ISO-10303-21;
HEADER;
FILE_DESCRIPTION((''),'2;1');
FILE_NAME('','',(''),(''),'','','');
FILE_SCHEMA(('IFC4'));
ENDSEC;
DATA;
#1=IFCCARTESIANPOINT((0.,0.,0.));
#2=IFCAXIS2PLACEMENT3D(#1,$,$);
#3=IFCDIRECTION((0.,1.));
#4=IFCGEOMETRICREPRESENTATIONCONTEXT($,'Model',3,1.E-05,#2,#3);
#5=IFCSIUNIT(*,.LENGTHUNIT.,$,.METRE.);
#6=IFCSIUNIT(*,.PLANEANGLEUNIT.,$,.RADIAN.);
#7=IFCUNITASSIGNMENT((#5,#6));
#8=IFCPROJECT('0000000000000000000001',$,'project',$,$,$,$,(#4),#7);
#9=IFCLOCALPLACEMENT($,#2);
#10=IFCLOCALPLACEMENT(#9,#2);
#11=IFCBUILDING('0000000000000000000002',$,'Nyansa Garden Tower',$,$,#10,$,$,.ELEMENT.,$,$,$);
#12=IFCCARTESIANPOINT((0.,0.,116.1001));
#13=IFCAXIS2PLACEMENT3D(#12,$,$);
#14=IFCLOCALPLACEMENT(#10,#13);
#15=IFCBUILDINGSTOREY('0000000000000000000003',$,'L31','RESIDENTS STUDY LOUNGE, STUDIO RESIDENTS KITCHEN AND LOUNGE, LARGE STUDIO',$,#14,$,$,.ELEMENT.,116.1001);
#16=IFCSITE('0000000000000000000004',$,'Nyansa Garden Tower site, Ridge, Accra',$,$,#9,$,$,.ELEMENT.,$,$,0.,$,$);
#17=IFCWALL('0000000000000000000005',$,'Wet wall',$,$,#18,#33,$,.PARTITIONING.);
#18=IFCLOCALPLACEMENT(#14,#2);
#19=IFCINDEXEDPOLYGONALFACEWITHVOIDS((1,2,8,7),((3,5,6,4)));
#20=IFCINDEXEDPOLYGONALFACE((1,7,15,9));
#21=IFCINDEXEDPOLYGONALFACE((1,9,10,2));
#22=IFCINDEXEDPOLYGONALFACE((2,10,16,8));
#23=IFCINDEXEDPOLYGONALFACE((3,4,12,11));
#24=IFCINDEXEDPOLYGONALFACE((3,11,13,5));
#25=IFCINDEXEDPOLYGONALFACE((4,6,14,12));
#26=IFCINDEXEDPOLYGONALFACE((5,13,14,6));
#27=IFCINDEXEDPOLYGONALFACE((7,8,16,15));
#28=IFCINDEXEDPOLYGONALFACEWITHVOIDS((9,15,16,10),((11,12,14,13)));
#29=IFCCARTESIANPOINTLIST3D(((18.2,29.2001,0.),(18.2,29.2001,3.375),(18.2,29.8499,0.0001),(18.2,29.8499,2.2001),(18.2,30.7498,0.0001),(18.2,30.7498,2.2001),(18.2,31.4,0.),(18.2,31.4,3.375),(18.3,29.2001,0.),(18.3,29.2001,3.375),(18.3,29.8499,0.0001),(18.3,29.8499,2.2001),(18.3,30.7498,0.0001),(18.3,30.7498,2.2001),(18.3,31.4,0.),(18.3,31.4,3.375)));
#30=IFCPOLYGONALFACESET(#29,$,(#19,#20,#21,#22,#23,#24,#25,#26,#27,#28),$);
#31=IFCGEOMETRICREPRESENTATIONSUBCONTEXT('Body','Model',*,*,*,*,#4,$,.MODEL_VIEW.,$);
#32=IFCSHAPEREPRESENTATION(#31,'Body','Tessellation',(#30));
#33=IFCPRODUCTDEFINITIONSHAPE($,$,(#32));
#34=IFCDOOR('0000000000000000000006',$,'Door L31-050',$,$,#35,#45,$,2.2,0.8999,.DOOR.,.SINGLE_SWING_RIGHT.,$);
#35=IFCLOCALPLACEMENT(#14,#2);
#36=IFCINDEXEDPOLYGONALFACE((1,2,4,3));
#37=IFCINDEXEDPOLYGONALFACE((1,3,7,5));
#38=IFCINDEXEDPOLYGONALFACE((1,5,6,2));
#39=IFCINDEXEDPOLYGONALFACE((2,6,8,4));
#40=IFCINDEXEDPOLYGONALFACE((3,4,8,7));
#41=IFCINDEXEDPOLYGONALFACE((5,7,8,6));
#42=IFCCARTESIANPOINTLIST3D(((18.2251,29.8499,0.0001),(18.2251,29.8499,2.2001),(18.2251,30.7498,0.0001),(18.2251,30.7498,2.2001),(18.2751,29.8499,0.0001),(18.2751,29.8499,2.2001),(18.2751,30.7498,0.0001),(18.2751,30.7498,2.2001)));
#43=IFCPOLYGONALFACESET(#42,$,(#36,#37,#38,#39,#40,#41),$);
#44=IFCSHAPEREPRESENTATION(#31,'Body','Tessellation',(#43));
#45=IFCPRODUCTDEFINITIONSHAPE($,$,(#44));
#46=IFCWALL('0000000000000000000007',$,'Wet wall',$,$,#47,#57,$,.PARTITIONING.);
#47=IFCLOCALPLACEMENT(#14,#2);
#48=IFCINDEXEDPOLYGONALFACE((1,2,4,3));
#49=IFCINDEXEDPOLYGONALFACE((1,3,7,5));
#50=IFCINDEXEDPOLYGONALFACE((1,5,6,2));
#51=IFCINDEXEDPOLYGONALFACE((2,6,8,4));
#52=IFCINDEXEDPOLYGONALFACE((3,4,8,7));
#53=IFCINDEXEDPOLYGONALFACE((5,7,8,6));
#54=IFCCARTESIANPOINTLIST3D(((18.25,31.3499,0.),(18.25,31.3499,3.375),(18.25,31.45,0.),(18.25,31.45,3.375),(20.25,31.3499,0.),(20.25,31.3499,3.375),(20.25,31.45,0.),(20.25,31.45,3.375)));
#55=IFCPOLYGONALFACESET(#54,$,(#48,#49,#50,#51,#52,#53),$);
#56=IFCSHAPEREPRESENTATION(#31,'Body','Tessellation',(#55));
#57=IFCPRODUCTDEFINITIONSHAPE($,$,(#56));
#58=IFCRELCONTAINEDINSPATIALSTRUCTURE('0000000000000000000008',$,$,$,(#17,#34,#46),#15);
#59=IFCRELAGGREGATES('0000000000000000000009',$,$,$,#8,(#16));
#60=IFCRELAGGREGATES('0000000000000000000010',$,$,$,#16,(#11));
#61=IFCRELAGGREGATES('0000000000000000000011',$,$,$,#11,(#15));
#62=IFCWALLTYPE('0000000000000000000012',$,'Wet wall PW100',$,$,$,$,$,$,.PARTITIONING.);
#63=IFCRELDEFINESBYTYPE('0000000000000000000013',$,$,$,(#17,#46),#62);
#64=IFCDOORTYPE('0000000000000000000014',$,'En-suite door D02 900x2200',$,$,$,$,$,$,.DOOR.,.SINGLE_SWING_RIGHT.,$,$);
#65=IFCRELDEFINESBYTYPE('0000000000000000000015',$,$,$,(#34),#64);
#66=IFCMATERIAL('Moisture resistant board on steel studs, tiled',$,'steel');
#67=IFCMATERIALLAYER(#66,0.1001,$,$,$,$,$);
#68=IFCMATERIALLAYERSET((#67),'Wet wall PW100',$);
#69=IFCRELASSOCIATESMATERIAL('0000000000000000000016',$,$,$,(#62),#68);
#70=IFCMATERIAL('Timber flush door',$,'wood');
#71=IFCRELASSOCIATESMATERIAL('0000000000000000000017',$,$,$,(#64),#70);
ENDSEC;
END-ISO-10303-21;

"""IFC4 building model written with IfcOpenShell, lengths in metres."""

from ifc_helpers import new_model, si_unit, direction, frame, frame_2d, origin, place, context, subcontext, project, spatial, rectangle, extrude, material, layer, layer_set, type_object, element, fill, save


model = new_model("IFC4")

# Units and contexts
model_context = context("Model", 3, precision=1e-05, world=origin(), true_north=direction((0.0, 1.0)))
body_context = subcontext(model_context, "Body", "Model", "MODEL_VIEW")
ifc_project = project(units=[si_unit("LENGTHUNIT", "METRE"), si_unit("PLANEANGLEUNIT", "RADIAN")], contexts=[model_context])

# Site, building, storey
site_placement = place(None, origin())
site = spatial("IfcSite", under=ifc_project, at=site_placement, Name="Nyansa Garden Tower site, Ridge, Accra", CompositionType="ELEMENT", RefElevation=0.0)
building_placement = place(site_placement, origin())
building = spatial("IfcBuilding", under=site, at=building_placement, Name="Nyansa Garden Tower", CompositionType="ELEMENT")
storey_placement = place(building_placement, frame((0.0, 0.0, 116.1001)))
storey = spatial("IfcBuildingStorey", under=building, at=storey_placement, Name="L31", Description="RESIDENTS STUDY LOUNGE, STUDIO RESIDENTS KITCHEN AND LOUNGE, LARGE STUDIO", CompositionType="ELEMENT", Elevation=116.1001)

# Shared definitions
ifc_material_1 = material(Name="Moisture resistant board on steel studs, tiled", Category="steel")
ifc_layer_1 = layer(ifc_material_1, 0.1001)
ifc_layer_set_1 = layer_set([ifc_layer_1], Name="Wet wall PW100")
wall_type_1 = type_object("IfcWallType", Name="Wet wall PW100", PredefinedType="PARTITIONING", material=ifc_layer_set_1)
ifc_material_2 = material(Name="Timber flush door", Category="wood")
door_type_1 = type_object("IfcDoorType", Name="En-suite door D02 900x2200", OperationType="SINGLE_SWING_RIGHT", PredefinedType="DOOR", material=ifc_material_2)

# Wall, opening, door
wall_1_placement = place(storey_placement, frame((18.25, 29.2, 0.0), z_axis=(0.0, 0.0, 1.0), x_axis=(0.0, 1.0, 0.0)))
wall_1 = element("IfcWall", 1, at=wall_1_placement, inside=storey, type_object=wall_type_1, Name="Wet wall", PredefinedType="PARTITIONING", context=body_context, shape_type="SweptSolid", body=[
    extrude(rectangle(XDim=2.2, YDim=0.1001, at=frame_2d((1.1001, 0.0))), origin(), (0.0, 0.0, 1.0), 3.375),
])
opening_1_placement = place(wall_1_placement, frame((0.6499, 0.0, 0.0)))
opening_1 = element("IfcOpeningElement", 2, at=opening_1_placement, cuts=wall_1, PredefinedType="OPENING", context=body_context, shape_type="SweptSolid", body=[
    extrude(rectangle(XDim=0.8999, YDim=2.2, at=frame_2d((0.45, 1.1001))), frame((0.0, 0.0601, 0.0), z_axis=(0.0, -1.0, 0.0), x_axis=(1.0, 0.0, 0.0)), (0.0, 0.0, 1.0), 0.1201),
])
door_1_placement = place(opening_1_placement, origin())
door_1 = element("IfcDoor", 3, at=door_1_placement, inside=storey, type_object=door_type_1, Name="Door L31-050", OperationType="SINGLE_SWING_RIGHT", OverallHeight=2.2, OverallWidth=0.8999, PredefinedType="DOOR", context=body_context, shape_type="SweptSolid", body=[
    extrude(rectangle(XDim=0.8999, YDim=2.2, at=frame_2d((0.45, 1.1001))), frame((0.0, 0.0249, 0.0), z_axis=(0.0, -1.0, 0.0), x_axis=(1.0, 0.0, 0.0)), (0.0, 0.0, 1.0), 0.05),
])
fill(opening_1, door_1)

# Wall
wall_2_placement = place(storey_placement, frame((18.25, 31.3999, 0.0), z_axis=(0.0, 0.0, 1.0), x_axis=(1.0, 0.0, 0.0)))
element("IfcWall", 4, at=wall_2_placement, inside=storey, type_object=wall_type_1, Name="Wet wall", PredefinedType="PARTITIONING", context=body_context, shape_type="SweptSolid", body=[
    extrude(rectangle(XDim=2.0, YDim=0.1001, at=frame_2d((1.0, 0.0))), origin(), (0.0, 0.0, 1.0), 3.375),
])

save(model, "model.ifc")
